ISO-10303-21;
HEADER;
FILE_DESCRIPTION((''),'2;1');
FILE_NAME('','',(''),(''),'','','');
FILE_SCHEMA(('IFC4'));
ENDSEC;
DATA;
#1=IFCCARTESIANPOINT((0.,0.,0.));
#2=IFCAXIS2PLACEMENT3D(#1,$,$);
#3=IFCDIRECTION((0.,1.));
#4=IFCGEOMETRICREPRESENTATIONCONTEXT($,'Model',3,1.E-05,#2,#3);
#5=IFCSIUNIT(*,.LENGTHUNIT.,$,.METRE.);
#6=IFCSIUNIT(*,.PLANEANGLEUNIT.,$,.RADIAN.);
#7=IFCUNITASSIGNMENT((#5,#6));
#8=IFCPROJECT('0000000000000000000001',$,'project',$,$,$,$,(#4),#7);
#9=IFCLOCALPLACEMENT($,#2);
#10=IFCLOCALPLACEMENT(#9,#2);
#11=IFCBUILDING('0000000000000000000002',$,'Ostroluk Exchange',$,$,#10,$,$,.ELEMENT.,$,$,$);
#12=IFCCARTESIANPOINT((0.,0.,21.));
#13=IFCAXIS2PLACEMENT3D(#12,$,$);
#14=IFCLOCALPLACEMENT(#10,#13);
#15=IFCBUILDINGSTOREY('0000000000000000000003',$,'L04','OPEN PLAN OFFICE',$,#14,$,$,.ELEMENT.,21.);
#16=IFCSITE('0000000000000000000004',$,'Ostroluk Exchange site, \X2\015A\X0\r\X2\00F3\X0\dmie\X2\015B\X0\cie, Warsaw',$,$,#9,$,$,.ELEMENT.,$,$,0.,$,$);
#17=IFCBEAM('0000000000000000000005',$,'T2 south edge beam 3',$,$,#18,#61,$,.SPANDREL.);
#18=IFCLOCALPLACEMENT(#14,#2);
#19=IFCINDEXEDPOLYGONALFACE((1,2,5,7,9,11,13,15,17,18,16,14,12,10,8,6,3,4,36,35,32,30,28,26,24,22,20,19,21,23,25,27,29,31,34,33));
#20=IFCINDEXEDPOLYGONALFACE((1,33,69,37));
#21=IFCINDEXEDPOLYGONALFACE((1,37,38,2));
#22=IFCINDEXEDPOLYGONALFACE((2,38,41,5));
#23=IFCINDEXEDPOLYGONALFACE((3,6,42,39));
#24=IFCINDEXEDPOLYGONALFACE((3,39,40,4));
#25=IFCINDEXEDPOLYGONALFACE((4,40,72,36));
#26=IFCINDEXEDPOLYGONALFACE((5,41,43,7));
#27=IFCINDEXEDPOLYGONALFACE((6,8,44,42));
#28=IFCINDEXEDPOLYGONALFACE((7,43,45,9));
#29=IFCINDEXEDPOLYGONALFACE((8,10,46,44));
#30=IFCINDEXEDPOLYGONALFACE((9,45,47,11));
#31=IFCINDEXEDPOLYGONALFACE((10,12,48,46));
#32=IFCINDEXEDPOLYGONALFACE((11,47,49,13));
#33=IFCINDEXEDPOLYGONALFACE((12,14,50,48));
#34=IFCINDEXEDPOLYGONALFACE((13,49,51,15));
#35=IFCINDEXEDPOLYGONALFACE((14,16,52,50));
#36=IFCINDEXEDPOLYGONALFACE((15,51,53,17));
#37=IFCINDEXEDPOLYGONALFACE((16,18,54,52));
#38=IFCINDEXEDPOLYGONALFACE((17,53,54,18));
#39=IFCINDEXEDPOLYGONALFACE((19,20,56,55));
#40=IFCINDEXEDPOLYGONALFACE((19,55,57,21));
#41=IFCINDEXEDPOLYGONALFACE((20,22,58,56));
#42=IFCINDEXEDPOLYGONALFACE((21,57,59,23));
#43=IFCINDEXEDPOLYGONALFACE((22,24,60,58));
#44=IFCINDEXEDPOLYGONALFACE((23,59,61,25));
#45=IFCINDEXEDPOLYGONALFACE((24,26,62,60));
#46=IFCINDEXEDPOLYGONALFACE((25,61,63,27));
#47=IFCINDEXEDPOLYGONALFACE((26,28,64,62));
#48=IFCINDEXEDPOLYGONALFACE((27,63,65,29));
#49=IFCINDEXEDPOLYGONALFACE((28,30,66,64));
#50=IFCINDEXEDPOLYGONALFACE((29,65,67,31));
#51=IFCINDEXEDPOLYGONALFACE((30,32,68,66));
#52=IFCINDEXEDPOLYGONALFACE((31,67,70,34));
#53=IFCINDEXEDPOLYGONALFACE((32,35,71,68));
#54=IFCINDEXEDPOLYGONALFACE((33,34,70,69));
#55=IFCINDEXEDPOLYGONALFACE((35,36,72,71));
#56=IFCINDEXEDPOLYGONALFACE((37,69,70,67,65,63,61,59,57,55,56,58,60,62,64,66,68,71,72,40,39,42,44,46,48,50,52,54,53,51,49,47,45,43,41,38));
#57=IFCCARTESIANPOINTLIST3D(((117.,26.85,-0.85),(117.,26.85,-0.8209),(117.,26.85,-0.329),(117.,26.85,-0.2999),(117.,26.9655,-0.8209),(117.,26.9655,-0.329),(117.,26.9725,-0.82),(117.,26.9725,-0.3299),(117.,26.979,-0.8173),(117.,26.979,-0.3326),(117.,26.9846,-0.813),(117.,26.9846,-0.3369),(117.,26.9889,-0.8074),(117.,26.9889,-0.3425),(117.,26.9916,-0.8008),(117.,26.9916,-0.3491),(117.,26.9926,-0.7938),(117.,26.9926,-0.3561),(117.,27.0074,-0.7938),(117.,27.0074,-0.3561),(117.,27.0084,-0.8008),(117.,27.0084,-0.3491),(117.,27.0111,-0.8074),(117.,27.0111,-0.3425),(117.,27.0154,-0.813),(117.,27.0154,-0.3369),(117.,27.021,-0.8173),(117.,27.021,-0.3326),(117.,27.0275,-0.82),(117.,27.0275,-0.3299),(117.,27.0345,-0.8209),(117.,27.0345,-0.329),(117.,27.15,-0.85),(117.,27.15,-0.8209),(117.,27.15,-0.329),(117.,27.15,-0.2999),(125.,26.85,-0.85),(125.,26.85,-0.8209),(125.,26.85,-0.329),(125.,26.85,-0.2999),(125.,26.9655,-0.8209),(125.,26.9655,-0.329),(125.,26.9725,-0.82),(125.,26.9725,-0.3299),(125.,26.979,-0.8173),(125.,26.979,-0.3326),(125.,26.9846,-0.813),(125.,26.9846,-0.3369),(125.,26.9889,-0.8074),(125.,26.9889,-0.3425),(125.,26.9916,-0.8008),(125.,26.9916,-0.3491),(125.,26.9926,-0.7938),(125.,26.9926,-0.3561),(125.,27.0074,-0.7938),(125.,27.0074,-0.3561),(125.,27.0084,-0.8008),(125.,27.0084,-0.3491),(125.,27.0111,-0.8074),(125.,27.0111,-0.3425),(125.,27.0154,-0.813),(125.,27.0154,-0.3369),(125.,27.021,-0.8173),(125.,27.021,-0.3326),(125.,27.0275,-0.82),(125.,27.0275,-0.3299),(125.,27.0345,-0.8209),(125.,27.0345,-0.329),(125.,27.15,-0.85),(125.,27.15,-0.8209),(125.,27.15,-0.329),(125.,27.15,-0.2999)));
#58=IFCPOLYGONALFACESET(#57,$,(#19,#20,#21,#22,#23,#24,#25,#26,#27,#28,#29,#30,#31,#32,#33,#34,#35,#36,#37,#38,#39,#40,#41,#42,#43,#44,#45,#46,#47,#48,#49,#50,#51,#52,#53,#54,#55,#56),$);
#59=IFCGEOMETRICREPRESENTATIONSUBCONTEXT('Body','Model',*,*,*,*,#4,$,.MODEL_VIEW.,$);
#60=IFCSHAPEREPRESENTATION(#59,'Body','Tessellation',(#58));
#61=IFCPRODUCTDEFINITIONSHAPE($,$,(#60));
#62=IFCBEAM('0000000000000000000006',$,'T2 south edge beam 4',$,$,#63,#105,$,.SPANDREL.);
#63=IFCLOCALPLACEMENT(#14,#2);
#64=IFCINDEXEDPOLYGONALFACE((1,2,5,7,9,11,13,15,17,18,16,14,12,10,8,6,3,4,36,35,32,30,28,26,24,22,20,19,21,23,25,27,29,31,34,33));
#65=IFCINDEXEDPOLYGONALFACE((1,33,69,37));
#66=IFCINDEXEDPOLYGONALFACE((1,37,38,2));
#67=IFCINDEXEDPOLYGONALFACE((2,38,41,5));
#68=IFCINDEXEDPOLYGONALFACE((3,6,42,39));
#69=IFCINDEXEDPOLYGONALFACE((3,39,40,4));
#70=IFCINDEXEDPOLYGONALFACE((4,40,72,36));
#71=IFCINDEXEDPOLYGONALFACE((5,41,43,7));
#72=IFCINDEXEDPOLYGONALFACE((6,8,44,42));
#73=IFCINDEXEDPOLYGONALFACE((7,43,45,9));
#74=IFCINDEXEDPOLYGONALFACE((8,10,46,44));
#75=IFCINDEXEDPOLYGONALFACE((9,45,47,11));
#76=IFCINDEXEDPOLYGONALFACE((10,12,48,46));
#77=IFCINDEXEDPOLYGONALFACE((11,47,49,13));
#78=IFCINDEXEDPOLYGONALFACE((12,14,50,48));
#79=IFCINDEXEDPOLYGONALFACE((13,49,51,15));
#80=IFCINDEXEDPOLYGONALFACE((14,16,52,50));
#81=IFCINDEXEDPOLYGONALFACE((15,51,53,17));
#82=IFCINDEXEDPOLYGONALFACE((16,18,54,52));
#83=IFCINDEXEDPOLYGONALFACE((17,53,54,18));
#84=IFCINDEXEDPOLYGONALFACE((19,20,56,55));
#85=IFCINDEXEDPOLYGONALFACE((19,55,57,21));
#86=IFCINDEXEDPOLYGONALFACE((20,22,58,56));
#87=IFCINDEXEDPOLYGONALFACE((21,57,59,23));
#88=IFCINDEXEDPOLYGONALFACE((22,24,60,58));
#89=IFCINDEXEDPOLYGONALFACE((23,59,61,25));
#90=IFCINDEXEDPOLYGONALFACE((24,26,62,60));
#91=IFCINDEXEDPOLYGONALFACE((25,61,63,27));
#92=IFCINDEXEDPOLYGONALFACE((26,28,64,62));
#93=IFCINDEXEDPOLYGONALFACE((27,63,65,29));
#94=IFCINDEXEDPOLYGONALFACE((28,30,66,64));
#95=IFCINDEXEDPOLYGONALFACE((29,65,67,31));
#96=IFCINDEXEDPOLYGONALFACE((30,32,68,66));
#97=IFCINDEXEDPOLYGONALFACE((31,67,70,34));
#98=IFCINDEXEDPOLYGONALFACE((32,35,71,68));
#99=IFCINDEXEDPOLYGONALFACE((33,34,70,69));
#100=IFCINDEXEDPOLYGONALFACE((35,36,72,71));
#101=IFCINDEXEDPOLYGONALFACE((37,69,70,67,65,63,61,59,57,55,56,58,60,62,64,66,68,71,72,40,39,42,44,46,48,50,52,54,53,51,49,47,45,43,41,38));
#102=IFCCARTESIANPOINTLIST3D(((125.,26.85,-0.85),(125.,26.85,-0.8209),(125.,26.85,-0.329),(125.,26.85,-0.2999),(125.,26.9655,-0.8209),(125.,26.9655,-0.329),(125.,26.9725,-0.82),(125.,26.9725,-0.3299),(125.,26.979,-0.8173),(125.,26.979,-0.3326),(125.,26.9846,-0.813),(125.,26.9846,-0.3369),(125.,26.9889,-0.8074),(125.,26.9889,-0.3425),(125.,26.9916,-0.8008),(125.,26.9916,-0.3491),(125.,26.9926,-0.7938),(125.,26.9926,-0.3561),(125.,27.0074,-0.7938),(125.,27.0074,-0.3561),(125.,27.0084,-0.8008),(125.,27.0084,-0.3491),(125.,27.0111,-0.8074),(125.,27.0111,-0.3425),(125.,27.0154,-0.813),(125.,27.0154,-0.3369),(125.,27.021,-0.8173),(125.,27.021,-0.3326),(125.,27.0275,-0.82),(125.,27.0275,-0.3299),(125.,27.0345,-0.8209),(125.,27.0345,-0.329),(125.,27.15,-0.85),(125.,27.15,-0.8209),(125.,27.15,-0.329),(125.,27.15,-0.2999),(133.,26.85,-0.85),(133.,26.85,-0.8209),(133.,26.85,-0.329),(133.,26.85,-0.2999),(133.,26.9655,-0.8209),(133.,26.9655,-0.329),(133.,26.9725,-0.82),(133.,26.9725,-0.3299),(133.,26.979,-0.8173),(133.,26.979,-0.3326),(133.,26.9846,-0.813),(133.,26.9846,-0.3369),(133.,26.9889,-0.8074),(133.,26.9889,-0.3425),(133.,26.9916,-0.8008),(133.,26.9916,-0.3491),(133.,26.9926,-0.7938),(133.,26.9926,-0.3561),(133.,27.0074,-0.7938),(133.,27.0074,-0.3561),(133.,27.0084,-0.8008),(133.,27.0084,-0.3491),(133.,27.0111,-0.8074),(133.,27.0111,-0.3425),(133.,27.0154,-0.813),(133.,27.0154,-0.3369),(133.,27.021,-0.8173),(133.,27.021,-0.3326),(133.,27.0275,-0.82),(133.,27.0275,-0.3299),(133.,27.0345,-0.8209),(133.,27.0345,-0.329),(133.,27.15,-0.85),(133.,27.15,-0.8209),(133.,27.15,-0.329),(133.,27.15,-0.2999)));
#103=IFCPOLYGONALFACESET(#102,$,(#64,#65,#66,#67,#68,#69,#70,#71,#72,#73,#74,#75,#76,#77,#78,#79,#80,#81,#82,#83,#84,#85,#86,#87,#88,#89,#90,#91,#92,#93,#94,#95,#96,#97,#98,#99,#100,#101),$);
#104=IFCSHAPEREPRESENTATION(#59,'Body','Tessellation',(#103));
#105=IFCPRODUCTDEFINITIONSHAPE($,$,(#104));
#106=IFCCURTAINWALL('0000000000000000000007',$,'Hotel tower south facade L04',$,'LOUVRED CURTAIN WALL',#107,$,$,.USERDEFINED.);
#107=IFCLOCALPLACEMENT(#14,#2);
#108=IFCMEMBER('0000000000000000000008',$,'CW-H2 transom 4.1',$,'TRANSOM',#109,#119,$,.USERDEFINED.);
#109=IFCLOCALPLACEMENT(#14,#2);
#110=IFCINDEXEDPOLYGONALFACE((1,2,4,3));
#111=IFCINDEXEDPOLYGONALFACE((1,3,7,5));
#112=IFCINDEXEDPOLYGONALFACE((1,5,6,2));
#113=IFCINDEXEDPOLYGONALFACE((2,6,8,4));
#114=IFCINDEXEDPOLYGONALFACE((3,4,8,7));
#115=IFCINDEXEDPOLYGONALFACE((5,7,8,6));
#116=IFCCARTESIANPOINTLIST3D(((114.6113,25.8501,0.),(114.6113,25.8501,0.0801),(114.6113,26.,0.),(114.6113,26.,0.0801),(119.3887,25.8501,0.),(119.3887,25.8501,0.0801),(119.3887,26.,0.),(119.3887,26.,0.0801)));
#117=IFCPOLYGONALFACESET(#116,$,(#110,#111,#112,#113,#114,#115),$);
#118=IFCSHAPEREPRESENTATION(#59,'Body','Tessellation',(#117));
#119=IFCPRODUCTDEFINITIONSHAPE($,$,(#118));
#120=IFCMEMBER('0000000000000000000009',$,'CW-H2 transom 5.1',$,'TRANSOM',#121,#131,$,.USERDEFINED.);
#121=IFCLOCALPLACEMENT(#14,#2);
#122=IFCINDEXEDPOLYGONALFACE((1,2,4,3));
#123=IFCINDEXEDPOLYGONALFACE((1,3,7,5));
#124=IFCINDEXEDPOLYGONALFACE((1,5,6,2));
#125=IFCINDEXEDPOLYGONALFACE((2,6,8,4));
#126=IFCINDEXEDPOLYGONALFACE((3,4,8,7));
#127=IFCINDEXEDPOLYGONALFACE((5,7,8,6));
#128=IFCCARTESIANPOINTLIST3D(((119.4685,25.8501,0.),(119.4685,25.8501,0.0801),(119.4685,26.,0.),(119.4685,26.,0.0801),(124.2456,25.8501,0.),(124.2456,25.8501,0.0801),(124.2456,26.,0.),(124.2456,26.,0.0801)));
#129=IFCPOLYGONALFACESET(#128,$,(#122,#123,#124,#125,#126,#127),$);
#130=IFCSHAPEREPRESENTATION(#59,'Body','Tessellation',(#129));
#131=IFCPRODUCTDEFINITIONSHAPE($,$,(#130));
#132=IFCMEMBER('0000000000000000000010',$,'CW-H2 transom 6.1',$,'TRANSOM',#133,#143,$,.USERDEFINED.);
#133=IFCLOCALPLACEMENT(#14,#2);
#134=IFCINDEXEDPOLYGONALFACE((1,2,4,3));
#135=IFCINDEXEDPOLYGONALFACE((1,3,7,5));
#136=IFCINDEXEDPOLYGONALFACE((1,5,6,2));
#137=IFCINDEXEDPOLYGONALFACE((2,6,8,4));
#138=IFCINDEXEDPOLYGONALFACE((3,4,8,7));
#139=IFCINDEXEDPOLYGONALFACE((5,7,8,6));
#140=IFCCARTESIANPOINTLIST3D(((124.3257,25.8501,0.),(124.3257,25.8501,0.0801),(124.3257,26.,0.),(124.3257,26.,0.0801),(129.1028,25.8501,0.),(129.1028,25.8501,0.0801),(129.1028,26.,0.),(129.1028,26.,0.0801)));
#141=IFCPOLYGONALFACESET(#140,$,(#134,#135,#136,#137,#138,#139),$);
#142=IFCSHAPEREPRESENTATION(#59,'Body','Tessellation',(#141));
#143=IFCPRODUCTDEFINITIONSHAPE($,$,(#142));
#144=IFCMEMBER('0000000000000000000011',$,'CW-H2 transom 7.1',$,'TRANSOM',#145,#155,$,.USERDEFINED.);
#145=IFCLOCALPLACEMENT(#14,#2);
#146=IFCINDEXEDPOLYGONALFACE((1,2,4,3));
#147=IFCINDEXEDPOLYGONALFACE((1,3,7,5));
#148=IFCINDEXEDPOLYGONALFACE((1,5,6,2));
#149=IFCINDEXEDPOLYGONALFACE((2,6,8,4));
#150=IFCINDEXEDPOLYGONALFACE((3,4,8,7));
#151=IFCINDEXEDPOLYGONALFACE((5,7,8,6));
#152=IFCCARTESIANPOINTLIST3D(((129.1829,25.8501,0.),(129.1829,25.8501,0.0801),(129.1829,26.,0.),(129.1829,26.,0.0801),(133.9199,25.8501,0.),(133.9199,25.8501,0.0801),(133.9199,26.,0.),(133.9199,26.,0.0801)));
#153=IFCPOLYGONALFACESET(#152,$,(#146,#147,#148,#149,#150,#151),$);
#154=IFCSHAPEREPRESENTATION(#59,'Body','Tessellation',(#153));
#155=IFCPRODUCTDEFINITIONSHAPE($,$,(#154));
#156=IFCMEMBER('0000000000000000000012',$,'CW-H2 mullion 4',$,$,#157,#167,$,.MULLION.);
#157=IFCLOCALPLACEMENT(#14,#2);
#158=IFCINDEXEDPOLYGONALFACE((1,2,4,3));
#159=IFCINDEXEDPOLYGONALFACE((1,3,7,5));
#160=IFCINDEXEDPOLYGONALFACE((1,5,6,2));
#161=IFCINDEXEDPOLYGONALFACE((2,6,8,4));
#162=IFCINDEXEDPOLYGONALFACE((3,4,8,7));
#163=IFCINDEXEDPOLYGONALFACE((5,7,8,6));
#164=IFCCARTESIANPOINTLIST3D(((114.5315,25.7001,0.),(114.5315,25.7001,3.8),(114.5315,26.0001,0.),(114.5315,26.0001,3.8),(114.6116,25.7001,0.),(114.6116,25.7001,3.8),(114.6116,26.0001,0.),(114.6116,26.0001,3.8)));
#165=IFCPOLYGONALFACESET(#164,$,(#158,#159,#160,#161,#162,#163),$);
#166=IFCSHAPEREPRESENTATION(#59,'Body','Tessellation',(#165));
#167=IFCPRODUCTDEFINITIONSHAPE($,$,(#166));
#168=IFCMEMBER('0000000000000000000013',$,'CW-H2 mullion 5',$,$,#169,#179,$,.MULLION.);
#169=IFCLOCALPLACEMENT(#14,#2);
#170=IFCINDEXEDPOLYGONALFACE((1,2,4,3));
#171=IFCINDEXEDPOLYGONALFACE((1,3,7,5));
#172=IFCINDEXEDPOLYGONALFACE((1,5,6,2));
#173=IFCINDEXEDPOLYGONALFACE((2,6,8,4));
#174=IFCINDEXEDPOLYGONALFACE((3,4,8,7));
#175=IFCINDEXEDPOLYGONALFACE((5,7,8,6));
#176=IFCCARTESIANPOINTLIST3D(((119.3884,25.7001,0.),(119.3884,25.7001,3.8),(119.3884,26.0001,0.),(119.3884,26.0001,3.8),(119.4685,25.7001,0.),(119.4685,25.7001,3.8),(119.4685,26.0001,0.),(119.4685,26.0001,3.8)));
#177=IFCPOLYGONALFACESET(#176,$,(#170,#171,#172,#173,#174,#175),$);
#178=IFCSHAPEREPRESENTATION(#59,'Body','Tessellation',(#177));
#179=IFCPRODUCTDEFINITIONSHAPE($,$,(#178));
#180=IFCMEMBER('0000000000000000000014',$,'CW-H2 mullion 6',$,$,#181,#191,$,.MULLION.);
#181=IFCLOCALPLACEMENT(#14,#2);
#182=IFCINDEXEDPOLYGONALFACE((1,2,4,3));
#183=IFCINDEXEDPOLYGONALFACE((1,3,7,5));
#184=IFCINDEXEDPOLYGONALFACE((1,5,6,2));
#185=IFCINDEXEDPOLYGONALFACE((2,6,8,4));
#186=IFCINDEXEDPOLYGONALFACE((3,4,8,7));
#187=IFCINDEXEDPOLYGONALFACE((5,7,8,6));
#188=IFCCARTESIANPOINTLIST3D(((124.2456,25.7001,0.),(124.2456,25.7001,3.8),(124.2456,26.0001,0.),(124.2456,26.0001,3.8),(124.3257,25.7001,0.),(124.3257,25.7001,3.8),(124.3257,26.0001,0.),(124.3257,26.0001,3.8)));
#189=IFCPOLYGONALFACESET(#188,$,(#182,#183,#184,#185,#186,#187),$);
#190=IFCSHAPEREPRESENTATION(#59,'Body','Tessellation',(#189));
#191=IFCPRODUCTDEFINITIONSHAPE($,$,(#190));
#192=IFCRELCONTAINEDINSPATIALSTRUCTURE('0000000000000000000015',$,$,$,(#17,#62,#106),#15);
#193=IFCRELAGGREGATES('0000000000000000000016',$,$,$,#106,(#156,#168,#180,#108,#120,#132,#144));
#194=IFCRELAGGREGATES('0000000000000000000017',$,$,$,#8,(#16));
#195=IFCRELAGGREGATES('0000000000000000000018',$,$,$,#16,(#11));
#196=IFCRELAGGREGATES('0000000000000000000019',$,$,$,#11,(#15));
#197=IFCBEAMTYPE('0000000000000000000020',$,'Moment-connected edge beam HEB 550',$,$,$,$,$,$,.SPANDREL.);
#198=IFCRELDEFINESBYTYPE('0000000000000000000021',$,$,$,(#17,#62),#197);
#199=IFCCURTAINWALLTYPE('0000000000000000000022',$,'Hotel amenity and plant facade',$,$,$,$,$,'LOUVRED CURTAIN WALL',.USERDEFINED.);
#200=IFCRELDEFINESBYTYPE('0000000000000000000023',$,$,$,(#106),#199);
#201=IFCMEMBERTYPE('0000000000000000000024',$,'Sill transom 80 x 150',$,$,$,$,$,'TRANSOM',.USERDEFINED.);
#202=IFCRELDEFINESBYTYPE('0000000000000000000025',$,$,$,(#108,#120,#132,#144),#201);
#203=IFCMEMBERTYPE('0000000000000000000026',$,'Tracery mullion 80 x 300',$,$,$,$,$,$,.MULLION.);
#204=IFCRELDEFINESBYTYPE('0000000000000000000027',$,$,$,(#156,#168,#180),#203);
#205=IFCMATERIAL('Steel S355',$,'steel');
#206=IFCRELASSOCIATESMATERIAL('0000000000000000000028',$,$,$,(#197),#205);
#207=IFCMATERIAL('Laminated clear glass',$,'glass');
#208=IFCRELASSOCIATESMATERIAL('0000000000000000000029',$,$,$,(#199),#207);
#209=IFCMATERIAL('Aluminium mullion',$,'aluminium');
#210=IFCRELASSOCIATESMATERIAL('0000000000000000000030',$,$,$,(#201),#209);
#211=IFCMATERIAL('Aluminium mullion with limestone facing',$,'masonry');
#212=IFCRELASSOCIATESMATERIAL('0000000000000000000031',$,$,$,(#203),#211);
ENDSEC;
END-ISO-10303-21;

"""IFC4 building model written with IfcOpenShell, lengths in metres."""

from ifc_helpers import new_model, si_unit, direction, frame, origin, origin_2d, place, context, subcontext, project, spatial, rectangle, i_section, extrude, material, material_profile, profile_set, type_object, element, aggregate, save


model = new_model("IFC4")

# Units and contexts
model_context = context("Model", 3, precision=1e-05, world=origin(), true_north=direction((0.0, 1.0)))
body_context = subcontext(model_context, "Body", "Model", "MODEL_VIEW")
ifc_project = project(units=[si_unit("LENGTHUNIT", "METRE"), si_unit("PLANEANGLEUNIT", "RADIAN")], contexts=[model_context])

# Site, building, storey
site_placement = place(None, origin())
site = spatial("IfcSite", under=ifc_project, at=site_placement, Name="Ostroluk Exchange site, Śródmieście, Warsaw", CompositionType="ELEMENT", RefElevation=0.0)
building_placement = place(site_placement, origin())
building = spatial("IfcBuilding", under=site, at=building_placement, Name="Ostroluk Exchange", CompositionType="ELEMENT")
storey_placement = place(building_placement, frame((0.0, 0.0, 21.0)))
storey = spatial("IfcBuildingStorey", under=building, at=storey_placement, Name="L04", Description="OPEN PLAN OFFICE", CompositionType="ELEMENT", Elevation=21.0)

# Beams
ifc_material_1 = material(Name="Steel S355", Category="steel")
ifc_material_profile_1 = material_profile(ifc_material_1, i_section(OverallWidth=0.3, OverallDepth=0.55, WebThickness=0.0149, FlangeThickness=0.0291, FilletRadius=0.0271, at=origin_2d()), Name="HEB 550")
ifc_profile_set_1 = profile_set([ifc_material_profile_1], Name="Steel S355")
beam_type = type_object("IfcBeamType", Name="Moment-connected edge beam HEB 550", PredefinedType="SPANDREL", material=ifc_profile_set_1)
for number, where, z_axis, x_axis, name in (
    (1, (117.0, 27.0, -0.575), (1.0, 0.0, 0.0), (0.0, 1.0, 0.0), "T2 south edge beam 3"),
    (2, (125.0, 27.0, -0.575), (1.0, 0.0, 0.0), (0.0, 1.0, 0.0), "T2 south edge beam 4"),
):
    element("IfcBeam", number, at=place(storey_placement, frame(where, z_axis=z_axis, x_axis=x_axis)), inside=storey, type_object=beam_type, Name=name, PredefinedType="SPANDREL", context=body_context, shape_type="SweptSolid", body=[
        extrude(i_section(OverallWidth=0.3, OverallDepth=0.55, WebThickness=0.0149, FlangeThickness=0.0291, FilletRadius=0.0271, at=origin_2d()), origin(), (0.0, 0.0, 1.0), 8.0),
    ])

# Curtain wall, members
ifc_material_2 = material(Name="Laminated clear glass", Category="glass")
curtain_wall_type = type_object("IfcCurtainWallType", Name="Hotel amenity and plant facade", ElementType="LOUVRED CURTAIN WALL", PredefinedType="USERDEFINED", material=ifc_material_2)
curtain_wall_placement = place(storey_placement, origin())
curtain_wall = element("IfcCurtainWall", 3, at=curtain_wall_placement, inside=storey, type_object=curtain_wall_type, Name="Hotel tower south facade L04", ObjectType="LOUVRED CURTAIN WALL", PredefinedType="USERDEFINED")
ifc_material_3 = material(Name="Aluminium mullion", Category="aluminium")
ifc_material_profile_2 = material_profile(ifc_material_3, rectangle(XDim=0.1499, YDim=0.0801, at=origin_2d()), Name="Sill transom 80 x 150")
ifc_profile_set_2 = profile_set([ifc_material_profile_2], Name="Aluminium mullion")
member_type_1 = type_object("IfcMemberType", Name="Sill transom 80 x 150", ElementType="TRANSOM", PredefinedType="USERDEFINED", material=ifc_profile_set_2)
member_1_placement = place(storey_placement, frame((114.6113, 25.925, 0.04), z_axis=(1.0, 0.0, 0.0), x_axis=(0.0, 1.0, 0.0)))
member_1 = element("IfcMember", 4, at=member_1_placement, type_object=member_type_1, Name="CW-H2 transom 4.1", ObjectType="TRANSOM", PredefinedType="USERDEFINED", context=body_context, shape_type="SweptSolid", body=[
    extrude(rectangle(XDim=0.1499, YDim=0.0801, at=origin_2d()), origin(), (0.0, 0.0, 1.0), 4.7773),
])
member_2_placement = place(storey_placement, frame((119.4685, 25.925, 0.04), z_axis=(1.0, 0.0, 0.0), x_axis=(0.0, 1.0, 0.0)))
member_2 = element("IfcMember", 5, at=member_2_placement, type_object=member_type_1, Name="CW-H2 transom 5.1", ObjectType="TRANSOM", PredefinedType="USERDEFINED", context=body_context, shape_type="SweptSolid", body=[
    extrude(rectangle(XDim=0.1499, YDim=0.0801, at=origin_2d()), origin(), (0.0, 0.0, 1.0), 4.7771),
])
member_3_placement = place(storey_placement, frame((124.3257, 25.925, 0.04), z_axis=(1.0, 0.0, 0.0), x_axis=(0.0, 1.0, 0.0)))
member_3 = element("IfcMember", 6, at=member_3_placement, type_object=member_type_1, Name="CW-H2 transom 6.1", ObjectType="TRANSOM", PredefinedType="USERDEFINED", context=body_context, shape_type="SweptSolid", body=[
    extrude(rectangle(XDim=0.1499, YDim=0.0801, at=origin_2d()), origin(), (0.0, 0.0, 1.0), 4.7771),
])
member_4_placement = place(storey_placement, frame((129.1829, 25.925, 0.04), z_axis=(1.0, 0.0, 0.0), x_axis=(0.0, 1.0, 0.0)))
member_4 = element("IfcMember", 7, at=member_4_placement, type_object=member_type_1, Name="CW-H2 transom 7.1", ObjectType="TRANSOM", PredefinedType="USERDEFINED", context=body_context, shape_type="SweptSolid", body=[
    extrude(rectangle(XDim=0.1499, YDim=0.0801, at=origin_2d()), origin(), (0.0, 0.0, 1.0), 4.7371),
])
ifc_material_4 = material(Name="Aluminium mullion with limestone facing", Category="masonry")
ifc_material_profile_3 = material_profile(ifc_material_4, rectangle(XDim=0.3, YDim=0.0801, at=origin_2d()), Name="Tracery mullion 80 x 300")
ifc_profile_set_3 = profile_set([ifc_material_profile_3], Name="Aluminium mullion with limestone facing")
member_type_2 = type_object("IfcMemberType", Name="Tracery mullion 80 x 300", PredefinedType="MULLION", material=ifc_profile_set_3)
member_5_placement = place(storey_placement, frame((114.5715, 25.8501, 0.0), z_axis=(0.0, 0.0, 1.0), x_axis=(0.0, 1.0, 0.0)))
member_5 = element("IfcMember", 8, at=member_5_placement, type_object=member_type_2, Name="CW-H2 mullion 4", PredefinedType="MULLION", context=body_context, shape_type="SweptSolid", body=[
    extrude(rectangle(XDim=0.3, YDim=0.0801, at=origin_2d()), origin(), (0.0, 0.0, 1.0), 3.8),
])
member_6_placement = place(storey_placement, frame((119.4285, 25.8501, 0.0), z_axis=(0.0, 0.0, 1.0), x_axis=(0.0, 1.0, 0.0)))
member_6 = element("IfcMember", 9, at=member_6_placement, type_object=member_type_2, Name="CW-H2 mullion 5", PredefinedType="MULLION", context=body_context, shape_type="SweptSolid", body=[
    extrude(rectangle(XDim=0.3, YDim=0.0801, at=origin_2d()), origin(), (0.0, 0.0, 1.0), 3.8),
])
member_7_placement = place(storey_placement, frame((124.2856, 25.8501, 0.0), z_axis=(0.0, 0.0, 1.0), x_axis=(0.0, 1.0, 0.0)))
member_7 = element("IfcMember", 10, at=member_7_placement, type_object=member_type_2, Name="CW-H2 mullion 6", PredefinedType="MULLION", context=body_context, shape_type="SweptSolid", body=[
    extrude(rectangle(XDim=0.3, YDim=0.0801, at=origin_2d()), origin(), (0.0, 0.0, 1.0), 3.8),
])
aggregate(curtain_wall, [member_5, member_6, member_7, member_1, member_2, member_3, member_4])

save(model, "model.ifc")
